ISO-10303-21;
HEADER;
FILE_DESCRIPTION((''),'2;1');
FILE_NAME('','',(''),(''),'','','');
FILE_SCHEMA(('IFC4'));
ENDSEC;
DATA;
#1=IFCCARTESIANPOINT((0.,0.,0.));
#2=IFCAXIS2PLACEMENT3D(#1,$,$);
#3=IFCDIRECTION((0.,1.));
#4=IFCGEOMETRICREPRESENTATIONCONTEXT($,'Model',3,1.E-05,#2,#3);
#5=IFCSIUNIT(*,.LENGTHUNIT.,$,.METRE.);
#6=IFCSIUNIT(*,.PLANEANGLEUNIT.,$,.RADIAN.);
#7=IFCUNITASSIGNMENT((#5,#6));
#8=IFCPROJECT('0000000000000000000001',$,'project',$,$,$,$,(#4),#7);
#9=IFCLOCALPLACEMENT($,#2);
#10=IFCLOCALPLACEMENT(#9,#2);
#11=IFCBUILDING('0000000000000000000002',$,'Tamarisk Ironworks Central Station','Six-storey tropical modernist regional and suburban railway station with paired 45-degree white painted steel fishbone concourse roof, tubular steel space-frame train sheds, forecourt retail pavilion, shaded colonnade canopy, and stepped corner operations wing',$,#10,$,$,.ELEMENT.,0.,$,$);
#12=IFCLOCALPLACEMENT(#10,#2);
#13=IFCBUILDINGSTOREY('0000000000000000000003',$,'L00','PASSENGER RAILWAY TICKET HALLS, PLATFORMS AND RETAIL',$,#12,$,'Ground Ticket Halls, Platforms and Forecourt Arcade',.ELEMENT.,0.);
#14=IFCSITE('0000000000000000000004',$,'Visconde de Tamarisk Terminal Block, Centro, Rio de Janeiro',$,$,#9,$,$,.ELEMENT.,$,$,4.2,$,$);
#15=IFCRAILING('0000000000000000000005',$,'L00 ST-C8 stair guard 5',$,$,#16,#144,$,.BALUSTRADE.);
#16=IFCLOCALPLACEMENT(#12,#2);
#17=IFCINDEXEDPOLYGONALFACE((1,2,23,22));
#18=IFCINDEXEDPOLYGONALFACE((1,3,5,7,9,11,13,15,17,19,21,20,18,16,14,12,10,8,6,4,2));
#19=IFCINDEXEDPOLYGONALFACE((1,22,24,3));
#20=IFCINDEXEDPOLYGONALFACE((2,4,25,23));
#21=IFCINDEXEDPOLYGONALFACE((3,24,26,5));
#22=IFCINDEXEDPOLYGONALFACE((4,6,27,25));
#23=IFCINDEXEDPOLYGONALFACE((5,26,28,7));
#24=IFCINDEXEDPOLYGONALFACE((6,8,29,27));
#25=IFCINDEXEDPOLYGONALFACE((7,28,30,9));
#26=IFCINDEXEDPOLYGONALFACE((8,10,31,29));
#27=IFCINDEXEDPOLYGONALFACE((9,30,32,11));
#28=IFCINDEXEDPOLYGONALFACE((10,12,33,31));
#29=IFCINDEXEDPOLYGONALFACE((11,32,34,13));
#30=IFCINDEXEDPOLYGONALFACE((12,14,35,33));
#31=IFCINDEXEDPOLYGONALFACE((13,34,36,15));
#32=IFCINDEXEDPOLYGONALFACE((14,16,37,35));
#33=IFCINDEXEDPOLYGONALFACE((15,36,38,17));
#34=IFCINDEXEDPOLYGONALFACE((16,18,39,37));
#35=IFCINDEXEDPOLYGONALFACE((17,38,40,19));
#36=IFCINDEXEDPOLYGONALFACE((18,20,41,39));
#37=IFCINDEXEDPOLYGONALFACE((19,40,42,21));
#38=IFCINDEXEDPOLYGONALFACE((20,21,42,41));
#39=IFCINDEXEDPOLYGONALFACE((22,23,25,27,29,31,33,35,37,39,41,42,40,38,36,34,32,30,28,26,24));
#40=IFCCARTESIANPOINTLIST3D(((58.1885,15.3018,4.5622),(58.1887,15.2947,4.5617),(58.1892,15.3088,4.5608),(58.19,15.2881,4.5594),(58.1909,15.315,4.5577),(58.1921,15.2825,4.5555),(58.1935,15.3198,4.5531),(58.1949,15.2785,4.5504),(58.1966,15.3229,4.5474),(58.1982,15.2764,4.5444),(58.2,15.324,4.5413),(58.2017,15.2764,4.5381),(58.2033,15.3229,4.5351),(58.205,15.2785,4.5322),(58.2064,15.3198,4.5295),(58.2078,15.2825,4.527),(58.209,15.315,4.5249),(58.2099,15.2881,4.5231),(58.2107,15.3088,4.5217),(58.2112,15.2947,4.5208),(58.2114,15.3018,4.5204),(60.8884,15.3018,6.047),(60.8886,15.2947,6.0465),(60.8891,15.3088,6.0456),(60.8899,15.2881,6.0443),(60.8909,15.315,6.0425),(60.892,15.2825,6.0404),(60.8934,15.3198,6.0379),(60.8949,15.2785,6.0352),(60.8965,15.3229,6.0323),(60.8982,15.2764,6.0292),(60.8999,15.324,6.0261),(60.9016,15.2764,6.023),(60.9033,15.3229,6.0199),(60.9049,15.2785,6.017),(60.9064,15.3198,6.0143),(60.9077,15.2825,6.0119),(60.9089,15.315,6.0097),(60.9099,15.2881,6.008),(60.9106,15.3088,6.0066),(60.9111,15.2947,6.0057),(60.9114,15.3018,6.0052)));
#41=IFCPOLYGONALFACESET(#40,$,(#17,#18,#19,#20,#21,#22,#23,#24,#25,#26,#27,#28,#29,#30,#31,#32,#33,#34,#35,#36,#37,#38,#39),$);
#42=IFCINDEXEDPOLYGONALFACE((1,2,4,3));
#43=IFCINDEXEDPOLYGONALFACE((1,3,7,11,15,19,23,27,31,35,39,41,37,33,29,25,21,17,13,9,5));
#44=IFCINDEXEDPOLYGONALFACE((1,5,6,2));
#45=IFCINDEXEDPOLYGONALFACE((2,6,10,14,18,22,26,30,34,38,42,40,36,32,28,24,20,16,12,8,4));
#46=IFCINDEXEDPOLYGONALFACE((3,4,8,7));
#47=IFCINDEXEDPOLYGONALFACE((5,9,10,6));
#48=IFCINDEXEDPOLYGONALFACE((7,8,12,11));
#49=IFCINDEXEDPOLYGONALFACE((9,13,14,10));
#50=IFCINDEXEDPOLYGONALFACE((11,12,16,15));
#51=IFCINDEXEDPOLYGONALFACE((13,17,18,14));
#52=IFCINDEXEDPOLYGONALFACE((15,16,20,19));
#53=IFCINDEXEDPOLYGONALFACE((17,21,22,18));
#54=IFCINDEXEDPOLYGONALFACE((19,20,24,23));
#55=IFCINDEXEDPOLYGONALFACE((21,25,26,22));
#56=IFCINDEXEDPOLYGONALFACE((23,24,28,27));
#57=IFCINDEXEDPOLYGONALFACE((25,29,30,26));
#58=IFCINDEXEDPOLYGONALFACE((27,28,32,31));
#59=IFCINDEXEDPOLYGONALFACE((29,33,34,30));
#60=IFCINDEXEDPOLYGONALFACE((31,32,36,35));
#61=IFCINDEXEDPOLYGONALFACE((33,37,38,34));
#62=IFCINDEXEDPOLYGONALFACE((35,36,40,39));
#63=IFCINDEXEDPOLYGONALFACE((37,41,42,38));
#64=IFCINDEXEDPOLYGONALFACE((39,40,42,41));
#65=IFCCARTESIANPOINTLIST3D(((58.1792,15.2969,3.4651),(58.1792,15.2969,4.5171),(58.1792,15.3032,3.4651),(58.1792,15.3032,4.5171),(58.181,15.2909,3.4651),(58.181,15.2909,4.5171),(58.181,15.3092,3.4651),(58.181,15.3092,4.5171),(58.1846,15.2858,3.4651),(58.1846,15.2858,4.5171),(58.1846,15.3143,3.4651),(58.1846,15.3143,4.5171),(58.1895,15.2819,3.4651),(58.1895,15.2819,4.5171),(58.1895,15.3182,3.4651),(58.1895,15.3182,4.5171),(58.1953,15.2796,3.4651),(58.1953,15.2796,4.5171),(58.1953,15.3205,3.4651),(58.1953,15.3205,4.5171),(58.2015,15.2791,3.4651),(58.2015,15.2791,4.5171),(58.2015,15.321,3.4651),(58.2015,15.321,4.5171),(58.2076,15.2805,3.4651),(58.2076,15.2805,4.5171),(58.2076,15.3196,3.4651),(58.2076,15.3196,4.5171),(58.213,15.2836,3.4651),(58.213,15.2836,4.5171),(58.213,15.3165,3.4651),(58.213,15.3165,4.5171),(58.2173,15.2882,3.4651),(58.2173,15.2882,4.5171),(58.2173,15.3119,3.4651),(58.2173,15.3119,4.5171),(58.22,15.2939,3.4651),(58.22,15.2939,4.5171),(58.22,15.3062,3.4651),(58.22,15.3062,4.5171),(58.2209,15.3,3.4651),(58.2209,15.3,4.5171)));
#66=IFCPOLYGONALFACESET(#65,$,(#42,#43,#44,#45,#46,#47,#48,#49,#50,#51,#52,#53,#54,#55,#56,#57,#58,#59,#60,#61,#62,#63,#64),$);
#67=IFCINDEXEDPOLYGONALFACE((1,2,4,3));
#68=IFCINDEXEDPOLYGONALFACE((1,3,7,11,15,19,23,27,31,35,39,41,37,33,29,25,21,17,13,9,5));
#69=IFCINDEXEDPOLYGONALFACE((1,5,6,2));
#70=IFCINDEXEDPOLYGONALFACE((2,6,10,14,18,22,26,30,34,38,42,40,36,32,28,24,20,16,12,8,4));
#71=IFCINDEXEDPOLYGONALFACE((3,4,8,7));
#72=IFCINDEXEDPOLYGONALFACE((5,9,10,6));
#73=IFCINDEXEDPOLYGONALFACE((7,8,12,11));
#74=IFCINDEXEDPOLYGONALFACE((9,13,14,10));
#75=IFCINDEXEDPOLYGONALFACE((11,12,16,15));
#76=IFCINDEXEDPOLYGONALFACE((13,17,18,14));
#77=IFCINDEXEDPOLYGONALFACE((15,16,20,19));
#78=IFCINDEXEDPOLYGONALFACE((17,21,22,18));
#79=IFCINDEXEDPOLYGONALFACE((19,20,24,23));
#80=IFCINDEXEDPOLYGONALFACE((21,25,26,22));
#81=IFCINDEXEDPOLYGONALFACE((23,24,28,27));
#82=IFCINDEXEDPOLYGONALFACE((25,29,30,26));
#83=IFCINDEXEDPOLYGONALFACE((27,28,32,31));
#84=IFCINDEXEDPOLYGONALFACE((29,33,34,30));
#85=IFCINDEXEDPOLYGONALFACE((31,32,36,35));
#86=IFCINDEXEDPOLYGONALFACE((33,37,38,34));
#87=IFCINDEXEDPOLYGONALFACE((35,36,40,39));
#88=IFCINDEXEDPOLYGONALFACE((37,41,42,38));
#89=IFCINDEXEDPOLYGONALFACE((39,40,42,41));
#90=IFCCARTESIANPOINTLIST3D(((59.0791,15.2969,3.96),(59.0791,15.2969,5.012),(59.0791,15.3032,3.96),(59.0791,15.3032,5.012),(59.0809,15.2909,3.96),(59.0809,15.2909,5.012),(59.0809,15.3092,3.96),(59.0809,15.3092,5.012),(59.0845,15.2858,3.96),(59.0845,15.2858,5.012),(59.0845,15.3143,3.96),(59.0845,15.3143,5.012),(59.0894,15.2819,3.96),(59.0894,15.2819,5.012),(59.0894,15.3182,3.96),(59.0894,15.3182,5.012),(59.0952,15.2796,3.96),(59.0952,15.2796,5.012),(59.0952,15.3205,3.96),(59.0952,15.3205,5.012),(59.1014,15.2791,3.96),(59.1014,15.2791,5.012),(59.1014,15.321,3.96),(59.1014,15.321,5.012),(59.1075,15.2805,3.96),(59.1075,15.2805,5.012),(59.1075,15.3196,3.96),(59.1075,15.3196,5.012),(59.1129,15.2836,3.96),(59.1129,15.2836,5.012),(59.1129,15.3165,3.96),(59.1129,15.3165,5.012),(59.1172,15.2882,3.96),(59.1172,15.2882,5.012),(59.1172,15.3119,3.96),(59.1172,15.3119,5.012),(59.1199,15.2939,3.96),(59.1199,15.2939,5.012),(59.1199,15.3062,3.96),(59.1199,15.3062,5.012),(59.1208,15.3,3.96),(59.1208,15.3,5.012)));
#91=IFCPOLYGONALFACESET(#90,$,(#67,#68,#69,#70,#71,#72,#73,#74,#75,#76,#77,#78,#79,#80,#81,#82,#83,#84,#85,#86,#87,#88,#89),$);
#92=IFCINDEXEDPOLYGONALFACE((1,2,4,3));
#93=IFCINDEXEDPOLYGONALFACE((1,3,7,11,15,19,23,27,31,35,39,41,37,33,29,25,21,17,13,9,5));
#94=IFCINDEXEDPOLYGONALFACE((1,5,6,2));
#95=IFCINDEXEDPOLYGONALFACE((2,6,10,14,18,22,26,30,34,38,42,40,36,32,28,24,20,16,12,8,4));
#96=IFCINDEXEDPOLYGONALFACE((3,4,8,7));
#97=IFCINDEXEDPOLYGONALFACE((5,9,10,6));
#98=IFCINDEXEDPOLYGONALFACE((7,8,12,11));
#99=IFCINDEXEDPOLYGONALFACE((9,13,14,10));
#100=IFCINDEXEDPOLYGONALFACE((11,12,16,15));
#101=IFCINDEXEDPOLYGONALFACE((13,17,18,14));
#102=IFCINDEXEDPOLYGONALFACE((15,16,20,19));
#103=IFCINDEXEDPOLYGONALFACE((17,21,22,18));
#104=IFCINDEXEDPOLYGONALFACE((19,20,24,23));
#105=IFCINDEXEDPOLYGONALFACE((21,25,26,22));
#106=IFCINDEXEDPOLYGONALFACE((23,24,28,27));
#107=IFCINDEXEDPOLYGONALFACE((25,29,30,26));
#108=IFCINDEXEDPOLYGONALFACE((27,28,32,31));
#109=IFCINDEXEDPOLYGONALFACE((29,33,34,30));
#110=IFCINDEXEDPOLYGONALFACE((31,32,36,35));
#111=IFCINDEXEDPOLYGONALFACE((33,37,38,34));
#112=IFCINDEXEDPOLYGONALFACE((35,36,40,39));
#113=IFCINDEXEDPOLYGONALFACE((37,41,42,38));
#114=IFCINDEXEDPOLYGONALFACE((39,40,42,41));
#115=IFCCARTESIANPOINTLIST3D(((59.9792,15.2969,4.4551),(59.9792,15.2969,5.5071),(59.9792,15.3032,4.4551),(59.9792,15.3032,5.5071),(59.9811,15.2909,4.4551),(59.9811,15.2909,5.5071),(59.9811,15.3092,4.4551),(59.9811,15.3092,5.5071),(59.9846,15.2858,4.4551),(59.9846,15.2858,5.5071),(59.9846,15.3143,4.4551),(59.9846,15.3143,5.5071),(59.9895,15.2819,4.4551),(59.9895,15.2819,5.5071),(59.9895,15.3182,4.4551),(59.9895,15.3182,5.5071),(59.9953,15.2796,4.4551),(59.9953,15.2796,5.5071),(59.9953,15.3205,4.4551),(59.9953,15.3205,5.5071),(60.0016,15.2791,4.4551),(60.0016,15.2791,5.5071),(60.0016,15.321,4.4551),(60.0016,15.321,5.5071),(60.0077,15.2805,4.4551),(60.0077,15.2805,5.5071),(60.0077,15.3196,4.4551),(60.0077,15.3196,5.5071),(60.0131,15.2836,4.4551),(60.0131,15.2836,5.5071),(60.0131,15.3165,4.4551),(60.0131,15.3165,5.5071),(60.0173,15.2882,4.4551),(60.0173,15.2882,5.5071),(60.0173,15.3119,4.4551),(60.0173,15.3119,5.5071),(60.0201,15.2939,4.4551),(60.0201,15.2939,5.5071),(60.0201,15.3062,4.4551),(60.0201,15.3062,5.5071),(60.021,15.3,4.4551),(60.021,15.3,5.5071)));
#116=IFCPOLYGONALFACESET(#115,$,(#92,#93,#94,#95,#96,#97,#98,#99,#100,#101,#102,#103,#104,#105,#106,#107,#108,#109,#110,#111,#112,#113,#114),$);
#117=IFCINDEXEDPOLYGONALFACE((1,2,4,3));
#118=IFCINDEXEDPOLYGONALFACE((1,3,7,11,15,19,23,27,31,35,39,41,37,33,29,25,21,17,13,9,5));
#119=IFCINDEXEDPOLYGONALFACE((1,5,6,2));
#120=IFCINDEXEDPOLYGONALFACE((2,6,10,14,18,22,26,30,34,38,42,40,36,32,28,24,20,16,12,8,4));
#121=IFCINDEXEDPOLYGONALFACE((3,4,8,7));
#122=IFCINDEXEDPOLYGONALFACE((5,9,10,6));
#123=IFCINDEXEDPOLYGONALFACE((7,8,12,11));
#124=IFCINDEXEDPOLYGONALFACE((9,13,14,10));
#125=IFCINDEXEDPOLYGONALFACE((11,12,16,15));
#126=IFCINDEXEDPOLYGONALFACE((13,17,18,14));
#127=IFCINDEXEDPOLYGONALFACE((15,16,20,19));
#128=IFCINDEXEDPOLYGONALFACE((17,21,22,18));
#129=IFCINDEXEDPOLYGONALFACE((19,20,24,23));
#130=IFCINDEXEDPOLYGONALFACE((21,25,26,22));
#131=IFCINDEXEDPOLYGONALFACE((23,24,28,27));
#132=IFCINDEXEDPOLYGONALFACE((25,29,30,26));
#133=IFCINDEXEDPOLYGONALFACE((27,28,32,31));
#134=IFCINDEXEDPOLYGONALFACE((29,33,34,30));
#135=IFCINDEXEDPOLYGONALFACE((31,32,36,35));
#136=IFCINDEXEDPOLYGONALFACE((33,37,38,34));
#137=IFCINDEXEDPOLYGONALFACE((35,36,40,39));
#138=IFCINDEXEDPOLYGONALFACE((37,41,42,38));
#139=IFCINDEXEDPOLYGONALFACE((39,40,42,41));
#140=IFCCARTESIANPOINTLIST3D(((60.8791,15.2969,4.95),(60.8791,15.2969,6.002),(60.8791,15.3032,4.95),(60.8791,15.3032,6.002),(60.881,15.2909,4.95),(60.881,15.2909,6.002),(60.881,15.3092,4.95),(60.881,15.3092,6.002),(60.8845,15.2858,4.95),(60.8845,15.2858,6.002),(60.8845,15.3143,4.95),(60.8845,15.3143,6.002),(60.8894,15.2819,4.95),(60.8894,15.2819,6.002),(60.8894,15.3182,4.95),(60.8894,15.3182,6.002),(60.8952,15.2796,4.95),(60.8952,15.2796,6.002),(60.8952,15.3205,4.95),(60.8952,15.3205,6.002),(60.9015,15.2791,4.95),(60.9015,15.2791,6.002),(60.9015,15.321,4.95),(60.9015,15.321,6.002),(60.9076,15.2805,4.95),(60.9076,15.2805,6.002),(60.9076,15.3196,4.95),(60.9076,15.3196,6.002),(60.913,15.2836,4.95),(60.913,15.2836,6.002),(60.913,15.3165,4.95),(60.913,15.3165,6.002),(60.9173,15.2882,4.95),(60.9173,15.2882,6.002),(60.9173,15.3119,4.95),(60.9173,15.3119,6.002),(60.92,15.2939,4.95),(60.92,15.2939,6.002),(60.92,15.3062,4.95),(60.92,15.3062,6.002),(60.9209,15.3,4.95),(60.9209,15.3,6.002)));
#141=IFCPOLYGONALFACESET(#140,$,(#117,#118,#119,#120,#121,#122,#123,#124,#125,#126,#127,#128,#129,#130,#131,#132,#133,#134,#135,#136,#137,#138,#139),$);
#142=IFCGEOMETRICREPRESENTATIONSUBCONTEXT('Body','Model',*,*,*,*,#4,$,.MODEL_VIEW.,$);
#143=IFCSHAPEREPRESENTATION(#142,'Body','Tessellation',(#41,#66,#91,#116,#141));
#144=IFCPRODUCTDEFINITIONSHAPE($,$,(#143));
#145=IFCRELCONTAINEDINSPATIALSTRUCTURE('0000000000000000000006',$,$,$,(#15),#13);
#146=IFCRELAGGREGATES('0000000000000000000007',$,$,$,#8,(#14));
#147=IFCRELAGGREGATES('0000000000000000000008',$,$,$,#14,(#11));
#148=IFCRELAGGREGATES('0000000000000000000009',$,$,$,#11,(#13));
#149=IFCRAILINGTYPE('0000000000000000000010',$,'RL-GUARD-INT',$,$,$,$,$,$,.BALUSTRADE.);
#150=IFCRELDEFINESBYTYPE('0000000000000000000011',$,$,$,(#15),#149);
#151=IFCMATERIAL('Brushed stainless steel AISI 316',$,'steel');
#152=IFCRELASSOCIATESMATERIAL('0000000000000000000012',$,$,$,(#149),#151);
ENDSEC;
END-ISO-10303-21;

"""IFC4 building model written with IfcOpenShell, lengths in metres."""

from ifc_helpers import new_model, si_unit, direction, frame, origin, origin_2d, place, context, subcontext, project, spatial, circle, extrude, material, type_object, element, save


model = new_model("IFC4")

# Units and contexts
model_context = context("Model", 3, precision=1e-05, world=origin(), true_north=direction((0.0, 1.0)))
body_context = subcontext(model_context, "Body", "Model", "MODEL_VIEW")
ifc_project = project(units=[si_unit("LENGTHUNIT", "METRE"), si_unit("PLANEANGLEUNIT", "RADIAN")], contexts=[model_context])

# Site, building, storey
site_placement = place(None, origin())
site = spatial("IfcSite", under=ifc_project, at=site_placement, Name="Visconde de Tamarisk Terminal Block, Centro, Rio de Janeiro", CompositionType="ELEMENT", RefElevation=4.2)
building_placement = place(site_placement, origin())
building = spatial("IfcBuilding", under=site, at=building_placement, Name="Tamarisk Ironworks Central Station", Description="Six-storey tropical modernist regional and suburban railway station with paired 45-degree white painted steel fishbone concourse roof, tubular steel space-frame train sheds, forecourt retail pavilion, shaded colonnade canopy, and stepped corner operations wing", CompositionType="ELEMENT", ElevationOfRefHeight=0.0)
storey_placement = place(building_placement, origin())
storey = spatial("IfcBuildingStorey", under=building, at=storey_placement, Name="L00", Description="PASSENGER RAILWAY TICKET HALLS, PLATFORMS AND RETAIL", LongName="Ground Ticket Halls, Platforms and Forecourt Arcade", CompositionType="ELEMENT", Elevation=0.0)

# Railing
ifc_material_1 = material(Name="Brushed stainless steel AISI 316", Category="steel")
railing_type_1 = type_object("IfcRailingType", Name="RL-GUARD-INT", PredefinedType="BALUSTRADE", material=ifc_material_1)
railing_1_placement = place(storey_placement, frame((58.2, 15.3, 3.4651)))
element("IfcRailing", 1, at=railing_1_placement, inside=storey, type_object=railing_type_1, Name="L00 ST-C8 stair guard 5", PredefinedType="BALUSTRADE", context=body_context, shape_type="SweptSolid", body=[
    extrude(circle(Radius=0.0239, at=origin_2d()), frame((0.0, 0.0, 1.0762), z_axis=(0.876231, 0.0, 0.481891), x_axis=(0.0, 1.0, 0.0)), (0.0, 0.0, 1.0), 3.0813),
    extrude(circle(Radius=0.021, at=origin_2d()), origin(), (0.0, 0.0, 1.0), 1.052),
    extrude(circle(Radius=0.021, at=origin_2d()), frame((0.8999, 0.0, 0.4949)), (0.0, 0.0, 1.0), 1.052),
    extrude(circle(Radius=0.021, at=origin_2d()), frame((1.8, 0.0, 0.99)), (0.0, 0.0, 1.0), 1.052),
    extrude(circle(Radius=0.021, at=origin_2d()), frame((2.7, 0.0, 1.4849)), (0.0, 0.0, 1.0), 1.052),
])

save(model, "model.ifc")
